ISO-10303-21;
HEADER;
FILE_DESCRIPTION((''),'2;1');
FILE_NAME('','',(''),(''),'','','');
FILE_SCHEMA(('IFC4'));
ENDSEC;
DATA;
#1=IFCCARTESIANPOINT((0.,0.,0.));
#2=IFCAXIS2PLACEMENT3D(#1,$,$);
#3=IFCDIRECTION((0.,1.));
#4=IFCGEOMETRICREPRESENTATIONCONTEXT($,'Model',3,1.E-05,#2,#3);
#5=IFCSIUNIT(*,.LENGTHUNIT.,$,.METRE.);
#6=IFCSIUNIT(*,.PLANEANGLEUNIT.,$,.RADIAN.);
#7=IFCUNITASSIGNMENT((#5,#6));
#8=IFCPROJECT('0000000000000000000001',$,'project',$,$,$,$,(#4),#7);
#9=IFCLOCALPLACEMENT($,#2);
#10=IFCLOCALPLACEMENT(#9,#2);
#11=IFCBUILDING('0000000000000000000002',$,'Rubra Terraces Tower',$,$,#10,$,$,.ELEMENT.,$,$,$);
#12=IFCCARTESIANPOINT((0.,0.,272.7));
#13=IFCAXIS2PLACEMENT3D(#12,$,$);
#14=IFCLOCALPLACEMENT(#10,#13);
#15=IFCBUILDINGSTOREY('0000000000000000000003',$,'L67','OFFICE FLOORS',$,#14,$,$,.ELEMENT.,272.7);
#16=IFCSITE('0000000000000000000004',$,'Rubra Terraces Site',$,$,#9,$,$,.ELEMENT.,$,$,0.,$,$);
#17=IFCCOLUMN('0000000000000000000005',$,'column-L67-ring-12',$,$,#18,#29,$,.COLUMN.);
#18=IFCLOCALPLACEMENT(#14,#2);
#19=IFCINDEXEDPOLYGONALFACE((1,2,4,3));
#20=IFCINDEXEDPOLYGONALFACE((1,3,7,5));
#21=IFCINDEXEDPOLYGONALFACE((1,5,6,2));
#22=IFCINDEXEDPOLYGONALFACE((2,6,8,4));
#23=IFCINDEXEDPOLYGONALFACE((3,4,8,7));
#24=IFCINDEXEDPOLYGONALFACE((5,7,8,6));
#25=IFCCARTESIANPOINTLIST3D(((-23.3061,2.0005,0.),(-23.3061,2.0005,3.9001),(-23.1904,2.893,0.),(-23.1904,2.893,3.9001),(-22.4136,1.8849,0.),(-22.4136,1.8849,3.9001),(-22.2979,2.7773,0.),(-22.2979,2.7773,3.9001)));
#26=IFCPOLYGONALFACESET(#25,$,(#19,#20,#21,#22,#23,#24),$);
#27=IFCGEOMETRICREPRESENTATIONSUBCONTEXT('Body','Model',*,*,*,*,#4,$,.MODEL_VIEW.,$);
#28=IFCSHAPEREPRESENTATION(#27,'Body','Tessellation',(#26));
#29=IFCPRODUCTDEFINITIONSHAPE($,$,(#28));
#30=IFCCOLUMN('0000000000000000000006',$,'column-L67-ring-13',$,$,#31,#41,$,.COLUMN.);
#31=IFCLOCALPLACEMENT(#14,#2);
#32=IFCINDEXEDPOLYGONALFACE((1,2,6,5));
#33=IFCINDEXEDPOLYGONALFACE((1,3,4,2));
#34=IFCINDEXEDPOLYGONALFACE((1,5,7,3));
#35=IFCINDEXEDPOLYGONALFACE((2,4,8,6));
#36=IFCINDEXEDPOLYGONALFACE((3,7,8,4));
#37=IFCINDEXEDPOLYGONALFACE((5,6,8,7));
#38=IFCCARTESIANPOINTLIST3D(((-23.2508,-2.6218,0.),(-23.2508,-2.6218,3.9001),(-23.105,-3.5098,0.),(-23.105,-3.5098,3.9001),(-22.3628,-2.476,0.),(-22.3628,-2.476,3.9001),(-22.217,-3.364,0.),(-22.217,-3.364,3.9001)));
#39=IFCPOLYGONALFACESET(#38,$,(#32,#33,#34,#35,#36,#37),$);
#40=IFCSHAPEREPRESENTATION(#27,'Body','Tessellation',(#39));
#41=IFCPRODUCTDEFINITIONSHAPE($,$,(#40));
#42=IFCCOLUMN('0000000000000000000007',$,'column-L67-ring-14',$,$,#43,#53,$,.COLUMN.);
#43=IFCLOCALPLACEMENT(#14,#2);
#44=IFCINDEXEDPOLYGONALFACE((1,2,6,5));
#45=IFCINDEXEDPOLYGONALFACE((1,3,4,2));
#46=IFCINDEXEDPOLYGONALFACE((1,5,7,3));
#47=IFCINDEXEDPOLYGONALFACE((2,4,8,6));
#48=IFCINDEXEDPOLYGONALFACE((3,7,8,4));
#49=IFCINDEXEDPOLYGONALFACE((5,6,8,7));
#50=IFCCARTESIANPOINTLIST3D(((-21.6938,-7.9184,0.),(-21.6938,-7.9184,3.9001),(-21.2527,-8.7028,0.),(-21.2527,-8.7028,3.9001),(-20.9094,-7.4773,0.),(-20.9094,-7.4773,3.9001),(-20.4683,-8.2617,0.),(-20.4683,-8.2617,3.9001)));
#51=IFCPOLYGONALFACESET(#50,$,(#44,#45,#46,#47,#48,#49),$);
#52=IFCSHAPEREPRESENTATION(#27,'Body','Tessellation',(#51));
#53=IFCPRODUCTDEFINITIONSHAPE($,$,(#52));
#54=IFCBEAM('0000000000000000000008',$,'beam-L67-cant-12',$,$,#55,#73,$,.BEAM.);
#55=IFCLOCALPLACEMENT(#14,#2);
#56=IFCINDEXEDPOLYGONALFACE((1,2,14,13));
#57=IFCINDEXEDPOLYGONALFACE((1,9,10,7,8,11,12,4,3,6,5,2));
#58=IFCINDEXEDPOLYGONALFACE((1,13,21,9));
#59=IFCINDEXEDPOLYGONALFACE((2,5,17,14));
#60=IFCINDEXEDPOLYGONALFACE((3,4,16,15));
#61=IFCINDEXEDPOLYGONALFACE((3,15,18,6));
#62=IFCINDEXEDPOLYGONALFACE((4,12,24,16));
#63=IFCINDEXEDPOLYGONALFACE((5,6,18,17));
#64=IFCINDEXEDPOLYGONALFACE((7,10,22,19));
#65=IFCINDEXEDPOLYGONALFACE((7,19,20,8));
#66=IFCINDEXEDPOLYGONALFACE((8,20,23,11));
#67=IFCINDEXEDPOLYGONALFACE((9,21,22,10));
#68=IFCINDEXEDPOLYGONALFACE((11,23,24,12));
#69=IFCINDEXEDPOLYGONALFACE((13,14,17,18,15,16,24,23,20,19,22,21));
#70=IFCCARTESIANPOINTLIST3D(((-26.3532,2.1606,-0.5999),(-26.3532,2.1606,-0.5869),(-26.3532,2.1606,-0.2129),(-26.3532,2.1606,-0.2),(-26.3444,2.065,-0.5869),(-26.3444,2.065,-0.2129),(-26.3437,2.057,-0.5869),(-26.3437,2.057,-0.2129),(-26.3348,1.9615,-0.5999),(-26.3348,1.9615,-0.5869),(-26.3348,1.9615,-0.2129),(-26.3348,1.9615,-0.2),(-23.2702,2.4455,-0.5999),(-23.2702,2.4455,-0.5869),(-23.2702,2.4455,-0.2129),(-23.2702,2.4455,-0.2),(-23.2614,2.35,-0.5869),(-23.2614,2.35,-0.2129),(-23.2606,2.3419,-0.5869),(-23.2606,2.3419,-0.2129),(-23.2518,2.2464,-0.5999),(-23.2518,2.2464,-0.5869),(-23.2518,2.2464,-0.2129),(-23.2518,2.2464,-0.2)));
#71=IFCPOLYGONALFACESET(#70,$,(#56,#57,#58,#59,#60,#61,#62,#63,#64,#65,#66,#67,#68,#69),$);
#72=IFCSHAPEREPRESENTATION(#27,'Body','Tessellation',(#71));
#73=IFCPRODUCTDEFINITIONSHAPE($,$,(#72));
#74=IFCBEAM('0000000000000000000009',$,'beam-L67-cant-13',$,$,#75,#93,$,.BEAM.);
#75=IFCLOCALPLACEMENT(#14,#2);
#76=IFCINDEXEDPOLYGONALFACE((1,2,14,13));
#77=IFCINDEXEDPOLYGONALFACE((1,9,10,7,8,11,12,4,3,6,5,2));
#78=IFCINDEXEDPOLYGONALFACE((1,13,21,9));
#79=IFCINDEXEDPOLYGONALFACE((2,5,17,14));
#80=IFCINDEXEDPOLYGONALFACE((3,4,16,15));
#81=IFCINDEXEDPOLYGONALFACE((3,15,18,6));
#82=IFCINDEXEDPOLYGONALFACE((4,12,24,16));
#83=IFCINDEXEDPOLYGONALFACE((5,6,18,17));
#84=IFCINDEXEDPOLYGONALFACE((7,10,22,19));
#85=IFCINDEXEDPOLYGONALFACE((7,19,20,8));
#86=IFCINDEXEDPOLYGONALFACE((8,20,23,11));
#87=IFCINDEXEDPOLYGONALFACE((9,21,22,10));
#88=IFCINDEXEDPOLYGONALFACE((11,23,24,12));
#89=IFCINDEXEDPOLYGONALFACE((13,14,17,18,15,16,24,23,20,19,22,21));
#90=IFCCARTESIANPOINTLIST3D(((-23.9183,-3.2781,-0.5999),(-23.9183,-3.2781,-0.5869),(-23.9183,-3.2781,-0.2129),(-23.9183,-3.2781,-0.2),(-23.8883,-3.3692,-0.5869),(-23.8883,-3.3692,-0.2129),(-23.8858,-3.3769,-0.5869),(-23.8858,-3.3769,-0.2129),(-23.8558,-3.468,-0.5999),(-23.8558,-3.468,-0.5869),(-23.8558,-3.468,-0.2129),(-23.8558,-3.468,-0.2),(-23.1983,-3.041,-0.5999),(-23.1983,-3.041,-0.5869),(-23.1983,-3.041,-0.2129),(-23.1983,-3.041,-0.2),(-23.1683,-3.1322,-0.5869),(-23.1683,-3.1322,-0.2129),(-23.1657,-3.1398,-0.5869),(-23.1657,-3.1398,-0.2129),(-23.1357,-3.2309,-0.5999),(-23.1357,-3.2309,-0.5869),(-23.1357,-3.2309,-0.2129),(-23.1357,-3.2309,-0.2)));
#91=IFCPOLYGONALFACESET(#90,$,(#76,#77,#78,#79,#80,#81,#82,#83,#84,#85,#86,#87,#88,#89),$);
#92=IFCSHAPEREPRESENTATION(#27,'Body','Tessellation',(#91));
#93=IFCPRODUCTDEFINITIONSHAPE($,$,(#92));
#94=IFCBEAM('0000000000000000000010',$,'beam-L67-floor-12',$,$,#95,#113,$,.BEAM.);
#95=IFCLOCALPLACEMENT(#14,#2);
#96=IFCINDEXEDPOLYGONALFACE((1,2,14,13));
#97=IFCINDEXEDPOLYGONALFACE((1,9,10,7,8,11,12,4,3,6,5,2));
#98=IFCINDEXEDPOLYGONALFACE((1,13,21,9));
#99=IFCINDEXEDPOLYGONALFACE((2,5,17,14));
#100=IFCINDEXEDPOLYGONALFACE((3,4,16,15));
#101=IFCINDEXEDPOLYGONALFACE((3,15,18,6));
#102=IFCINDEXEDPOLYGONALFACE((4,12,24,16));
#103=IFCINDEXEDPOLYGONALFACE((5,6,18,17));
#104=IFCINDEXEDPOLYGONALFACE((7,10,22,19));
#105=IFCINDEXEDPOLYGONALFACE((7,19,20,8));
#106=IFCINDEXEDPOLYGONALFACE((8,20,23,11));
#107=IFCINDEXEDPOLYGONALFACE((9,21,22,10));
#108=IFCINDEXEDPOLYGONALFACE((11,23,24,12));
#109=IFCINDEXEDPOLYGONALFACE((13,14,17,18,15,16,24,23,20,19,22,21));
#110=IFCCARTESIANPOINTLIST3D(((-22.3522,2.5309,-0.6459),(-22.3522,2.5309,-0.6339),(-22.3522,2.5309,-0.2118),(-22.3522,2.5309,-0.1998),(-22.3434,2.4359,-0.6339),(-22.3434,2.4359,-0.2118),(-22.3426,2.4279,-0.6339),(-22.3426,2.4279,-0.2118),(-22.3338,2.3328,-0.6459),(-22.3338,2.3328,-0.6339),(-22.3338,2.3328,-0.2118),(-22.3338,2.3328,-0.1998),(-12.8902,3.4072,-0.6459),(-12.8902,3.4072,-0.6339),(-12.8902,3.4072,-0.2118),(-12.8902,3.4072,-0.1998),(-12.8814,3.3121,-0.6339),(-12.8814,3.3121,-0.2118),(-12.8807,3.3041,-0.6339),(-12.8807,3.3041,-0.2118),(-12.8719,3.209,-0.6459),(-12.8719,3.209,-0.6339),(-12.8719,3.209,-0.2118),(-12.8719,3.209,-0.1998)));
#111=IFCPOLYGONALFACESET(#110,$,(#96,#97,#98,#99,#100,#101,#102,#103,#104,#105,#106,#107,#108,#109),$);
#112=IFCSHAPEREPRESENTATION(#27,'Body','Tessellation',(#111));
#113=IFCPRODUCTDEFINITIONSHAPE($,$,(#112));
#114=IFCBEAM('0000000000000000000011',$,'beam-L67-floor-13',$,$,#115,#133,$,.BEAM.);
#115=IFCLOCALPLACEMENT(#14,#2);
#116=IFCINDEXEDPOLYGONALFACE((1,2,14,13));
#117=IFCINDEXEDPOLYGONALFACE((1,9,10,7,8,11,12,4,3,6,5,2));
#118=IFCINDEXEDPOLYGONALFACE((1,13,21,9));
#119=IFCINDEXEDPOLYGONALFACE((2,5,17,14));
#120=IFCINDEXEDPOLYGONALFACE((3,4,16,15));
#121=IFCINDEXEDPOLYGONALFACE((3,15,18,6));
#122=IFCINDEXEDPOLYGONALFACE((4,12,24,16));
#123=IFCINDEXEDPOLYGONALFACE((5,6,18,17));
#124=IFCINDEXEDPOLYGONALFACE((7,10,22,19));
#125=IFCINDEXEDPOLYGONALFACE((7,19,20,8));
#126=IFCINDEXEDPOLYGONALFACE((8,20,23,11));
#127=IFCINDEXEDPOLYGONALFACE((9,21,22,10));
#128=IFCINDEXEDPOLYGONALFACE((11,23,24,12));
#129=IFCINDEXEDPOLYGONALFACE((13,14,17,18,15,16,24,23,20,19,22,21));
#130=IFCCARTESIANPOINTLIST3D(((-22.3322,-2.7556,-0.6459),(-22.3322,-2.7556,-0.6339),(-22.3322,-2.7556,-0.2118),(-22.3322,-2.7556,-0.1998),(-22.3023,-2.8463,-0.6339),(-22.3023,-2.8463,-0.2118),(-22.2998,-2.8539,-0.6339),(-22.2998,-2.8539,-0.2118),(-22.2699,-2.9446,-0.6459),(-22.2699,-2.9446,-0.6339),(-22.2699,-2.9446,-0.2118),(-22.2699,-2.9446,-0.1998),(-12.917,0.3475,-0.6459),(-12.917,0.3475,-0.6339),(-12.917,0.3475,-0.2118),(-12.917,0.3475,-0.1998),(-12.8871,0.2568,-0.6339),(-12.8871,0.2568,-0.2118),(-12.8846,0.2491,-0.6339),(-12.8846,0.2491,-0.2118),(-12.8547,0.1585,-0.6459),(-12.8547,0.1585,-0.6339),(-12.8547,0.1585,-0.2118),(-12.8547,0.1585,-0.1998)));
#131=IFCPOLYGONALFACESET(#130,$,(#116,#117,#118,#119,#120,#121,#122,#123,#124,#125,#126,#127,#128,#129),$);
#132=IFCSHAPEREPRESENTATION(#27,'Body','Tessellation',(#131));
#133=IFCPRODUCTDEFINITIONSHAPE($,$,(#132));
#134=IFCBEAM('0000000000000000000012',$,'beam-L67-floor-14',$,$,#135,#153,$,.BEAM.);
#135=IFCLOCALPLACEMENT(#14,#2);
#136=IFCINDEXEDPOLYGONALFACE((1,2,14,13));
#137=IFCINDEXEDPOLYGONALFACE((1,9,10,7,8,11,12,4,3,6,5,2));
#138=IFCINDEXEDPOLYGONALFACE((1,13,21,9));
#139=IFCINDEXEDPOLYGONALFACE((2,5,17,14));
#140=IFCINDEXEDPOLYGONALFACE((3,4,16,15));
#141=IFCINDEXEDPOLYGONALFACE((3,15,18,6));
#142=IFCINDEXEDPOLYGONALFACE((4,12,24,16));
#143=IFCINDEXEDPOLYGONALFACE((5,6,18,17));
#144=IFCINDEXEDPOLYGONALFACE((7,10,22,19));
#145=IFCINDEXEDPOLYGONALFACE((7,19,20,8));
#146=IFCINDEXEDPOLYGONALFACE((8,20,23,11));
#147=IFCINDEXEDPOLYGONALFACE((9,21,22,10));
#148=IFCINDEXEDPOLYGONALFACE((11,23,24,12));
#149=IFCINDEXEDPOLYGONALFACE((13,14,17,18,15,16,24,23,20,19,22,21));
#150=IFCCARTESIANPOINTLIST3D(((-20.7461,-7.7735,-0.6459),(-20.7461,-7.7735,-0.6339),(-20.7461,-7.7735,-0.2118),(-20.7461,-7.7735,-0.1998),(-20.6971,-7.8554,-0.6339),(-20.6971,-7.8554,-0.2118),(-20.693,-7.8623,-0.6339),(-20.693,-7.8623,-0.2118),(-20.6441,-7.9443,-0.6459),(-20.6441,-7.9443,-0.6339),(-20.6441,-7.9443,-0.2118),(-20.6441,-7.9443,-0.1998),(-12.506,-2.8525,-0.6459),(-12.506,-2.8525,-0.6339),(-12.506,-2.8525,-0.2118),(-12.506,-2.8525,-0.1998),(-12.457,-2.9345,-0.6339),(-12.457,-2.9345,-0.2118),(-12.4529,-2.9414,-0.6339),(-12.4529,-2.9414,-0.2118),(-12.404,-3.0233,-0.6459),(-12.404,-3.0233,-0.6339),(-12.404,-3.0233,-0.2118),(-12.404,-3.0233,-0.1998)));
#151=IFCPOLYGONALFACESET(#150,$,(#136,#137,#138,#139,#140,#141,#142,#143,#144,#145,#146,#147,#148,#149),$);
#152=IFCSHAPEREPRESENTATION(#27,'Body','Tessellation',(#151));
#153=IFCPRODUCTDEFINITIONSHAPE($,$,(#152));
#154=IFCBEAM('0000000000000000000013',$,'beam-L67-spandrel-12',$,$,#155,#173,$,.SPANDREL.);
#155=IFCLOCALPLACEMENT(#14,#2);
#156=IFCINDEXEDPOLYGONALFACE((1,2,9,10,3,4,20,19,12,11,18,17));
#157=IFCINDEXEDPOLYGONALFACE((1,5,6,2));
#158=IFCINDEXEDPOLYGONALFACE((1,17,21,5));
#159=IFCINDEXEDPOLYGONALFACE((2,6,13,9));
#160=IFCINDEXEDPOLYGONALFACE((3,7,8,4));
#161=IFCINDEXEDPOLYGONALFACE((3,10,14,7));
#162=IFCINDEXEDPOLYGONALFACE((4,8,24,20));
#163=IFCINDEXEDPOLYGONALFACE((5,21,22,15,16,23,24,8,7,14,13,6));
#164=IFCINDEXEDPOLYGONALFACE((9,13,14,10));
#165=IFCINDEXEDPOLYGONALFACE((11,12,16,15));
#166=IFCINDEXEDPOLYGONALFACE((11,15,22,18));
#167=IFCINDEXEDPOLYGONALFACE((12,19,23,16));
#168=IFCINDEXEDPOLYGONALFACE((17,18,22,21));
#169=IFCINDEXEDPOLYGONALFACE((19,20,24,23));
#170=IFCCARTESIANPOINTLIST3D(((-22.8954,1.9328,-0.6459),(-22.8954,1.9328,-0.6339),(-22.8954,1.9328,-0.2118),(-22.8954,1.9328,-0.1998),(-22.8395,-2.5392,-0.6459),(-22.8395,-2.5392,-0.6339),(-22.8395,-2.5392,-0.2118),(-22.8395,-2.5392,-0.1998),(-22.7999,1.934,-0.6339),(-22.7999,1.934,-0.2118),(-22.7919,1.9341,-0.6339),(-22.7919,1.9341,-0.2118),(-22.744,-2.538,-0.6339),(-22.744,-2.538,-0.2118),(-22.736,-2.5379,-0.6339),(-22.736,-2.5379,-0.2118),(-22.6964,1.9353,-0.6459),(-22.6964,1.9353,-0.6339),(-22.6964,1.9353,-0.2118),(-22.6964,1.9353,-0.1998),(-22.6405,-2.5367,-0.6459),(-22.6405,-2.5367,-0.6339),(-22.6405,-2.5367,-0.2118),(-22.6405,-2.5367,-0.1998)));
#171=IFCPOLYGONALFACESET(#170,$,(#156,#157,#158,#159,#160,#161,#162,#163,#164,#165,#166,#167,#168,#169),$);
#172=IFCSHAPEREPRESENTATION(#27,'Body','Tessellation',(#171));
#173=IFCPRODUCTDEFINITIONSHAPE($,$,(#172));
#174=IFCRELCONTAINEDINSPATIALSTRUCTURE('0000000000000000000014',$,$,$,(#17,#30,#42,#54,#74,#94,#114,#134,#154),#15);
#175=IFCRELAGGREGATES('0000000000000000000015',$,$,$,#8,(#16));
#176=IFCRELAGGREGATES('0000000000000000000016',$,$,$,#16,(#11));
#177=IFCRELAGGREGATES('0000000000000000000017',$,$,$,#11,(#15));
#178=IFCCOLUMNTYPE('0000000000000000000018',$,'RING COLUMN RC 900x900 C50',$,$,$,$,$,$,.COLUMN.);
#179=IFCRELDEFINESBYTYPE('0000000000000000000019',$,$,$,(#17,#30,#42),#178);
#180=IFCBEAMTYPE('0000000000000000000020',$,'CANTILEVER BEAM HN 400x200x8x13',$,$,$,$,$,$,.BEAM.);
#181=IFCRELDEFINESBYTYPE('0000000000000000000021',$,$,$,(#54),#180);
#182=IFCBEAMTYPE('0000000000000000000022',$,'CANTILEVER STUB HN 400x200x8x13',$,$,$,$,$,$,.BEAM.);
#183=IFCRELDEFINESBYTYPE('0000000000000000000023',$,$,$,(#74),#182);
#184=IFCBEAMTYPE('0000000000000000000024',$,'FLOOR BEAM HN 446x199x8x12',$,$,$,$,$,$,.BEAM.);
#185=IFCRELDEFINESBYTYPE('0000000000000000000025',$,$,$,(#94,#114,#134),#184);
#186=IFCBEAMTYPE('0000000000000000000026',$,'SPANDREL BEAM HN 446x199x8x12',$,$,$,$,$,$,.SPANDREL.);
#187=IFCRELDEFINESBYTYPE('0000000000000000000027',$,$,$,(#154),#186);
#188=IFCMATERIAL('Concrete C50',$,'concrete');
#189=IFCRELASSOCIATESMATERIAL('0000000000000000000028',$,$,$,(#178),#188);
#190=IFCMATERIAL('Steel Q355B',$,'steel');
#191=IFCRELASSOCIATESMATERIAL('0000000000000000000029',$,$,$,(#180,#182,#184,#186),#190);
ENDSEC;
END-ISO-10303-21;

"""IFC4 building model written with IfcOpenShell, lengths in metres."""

from ifc_helpers import new_model, si_unit, direction, frame, origin, origin_2d, place, context, subcontext, project, spatial, rectangle, i_section, extrude, material, material_profile, profile_set, type_object, element, save


model = new_model("IFC4")

# Units and contexts
model_context = context("Model", 3, precision=1e-05, world=origin(), true_north=direction((0.0, 1.0)))
body_context = subcontext(model_context, "Body", "Model", "MODEL_VIEW")
ifc_project = project(units=[si_unit("LENGTHUNIT", "METRE"), si_unit("PLANEANGLEUNIT", "RADIAN")], contexts=[model_context])

# Site, building, storey
site_placement = place(None, origin())
site = spatial("IfcSite", under=ifc_project, at=site_placement, Name="Rubra Terraces Site", CompositionType="ELEMENT", RefElevation=0.0)
building_placement = place(site_placement, origin())
building = spatial("IfcBuilding", under=site, at=building_placement, Name="Rubra Terraces Tower", CompositionType="ELEMENT")
storey_placement = place(building_placement, frame((0.0, 0.0, 272.7)))
storey = spatial("IfcBuildingStorey", under=building, at=storey_placement, Name="L67", Description="OFFICE FLOORS", CompositionType="ELEMENT", Elevation=272.7)

# Columns
ifc_material_1 = material(Name="Concrete C50", Category="concrete")
ifc_material_profile_1 = material_profile(ifc_material_1, rectangle(XDim=0.8999, YDim=0.8999, at=origin_2d()), Name="RC 900x900")
ifc_profile_set_1 = profile_set([ifc_material_profile_1], Name="Concrete C50")
column_type = type_object("IfcColumnType", Name="RING COLUMN RC 900x900 C50", PredefinedType="COLUMN", material=ifc_profile_set_1)
for number, where, z_axis, x_axis, name in (
    (1, (-22.802, 2.3889, 0.0), (0.0, 0.0, 1.0), (-0.128535, -0.991705, 0.0), "column-L67-ring-12"),
    (2, (-22.7339, -2.9929, 0.0), (0.0, 0.0, 1.0), (0.162062, -0.986781, 0.0), "column-L67-ring-13"),
    (3, (-21.0811, -8.0901, 0.0), (0.0, 0.0, 1.0), (0.490162, -0.871631, 0.0), "column-L67-ring-14"),
):
    element("IfcColumn", number, at=place(storey_placement, frame(where, z_axis=z_axis, x_axis=x_axis)), inside=storey, type_object=column_type, Name=name, PredefinedType="COLUMN", context=body_context, shape_type="SweptSolid", body=[
        extrude(rectangle(XDim=0.8999, YDim=0.8999, at=origin_2d()), origin(), (0.0, 0.0, 1.0), 3.9001),
    ])

# Beams
ifc_material_2 = material(Name="Steel Q355B", Category="steel")
ifc_material_profile_2 = material_profile(ifc_material_2, i_section(OverallWidth=0.2, OverallDepth=0.3999, WebThickness=0.0081, FlangeThickness=0.0129, at=origin_2d()), Name="HN 400x200x8x13")
ifc_profile_set_2 = profile_set([ifc_material_profile_2], Name="Steel Q355B")
beam_type_1 = type_object("IfcBeamType", Name="CANTILEVER BEAM HN 400x200x8x13", PredefinedType="BEAM", material=ifc_profile_set_2)
beam_1_placement = place(storey_placement, frame((-23.261, 2.3459, -0.3999), z_axis=(-0.995757, -0.092022, 0.0), x_axis=(0.092022, -0.995757, 0.0)))
element("IfcBeam", 4, at=beam_1_placement, inside=storey, type_object=beam_type_1, Name="beam-L67-cant-12", PredefinedType="BEAM", context=body_context, shape_type="SweptSolid", body=[
    extrude(i_section(OverallWidth=0.2, OverallDepth=0.3999, WebThickness=0.0081, FlangeThickness=0.0129, at=origin_2d()), origin(), (0.0, 0.0, 1.0), 3.0962),
])
ifc_material_profile_3 = material_profile(ifc_material_2, i_section(OverallWidth=0.2, OverallDepth=0.3999, WebThickness=0.0081, FlangeThickness=0.0129, at=origin_2d()), Name="HN 400x200x8x13")
ifc_profile_set_3 = profile_set([ifc_material_profile_3], Name="Steel Q355B")
beam_type_2 = type_object("IfcBeamType", Name="CANTILEVER STUB HN 400x200x8x13", PredefinedType="BEAM", material=ifc_profile_set_3)
beam_2_placement = place(storey_placement, frame((-23.167, -3.136, -0.3999), z_axis=(-0.949836, -0.312747, 0.0), x_axis=(0.312747, -0.949836, 0.0)))
element("IfcBeam", 5, at=beam_2_placement, inside=storey, type_object=beam_type_2, Name="beam-L67-cant-13", PredefinedType="BEAM", context=body_context, shape_type="SweptSolid", body=[
    extrude(i_section(OverallWidth=0.2, OverallDepth=0.3999, WebThickness=0.0081, FlangeThickness=0.0129, at=origin_2d()), origin(), (0.0, 0.0, 1.0), 0.7581),
])
ifc_material_profile_4 = material_profile(ifc_material_2, i_section(OverallWidth=0.199, OverallDepth=0.446, WebThickness=0.0081, FlangeThickness=0.012, at=origin_2d()), Name="HN 446x199x8x12")
ifc_profile_set_4 = profile_set([ifc_material_profile_4], Name="Steel Q355B")
beam_type_3 = type_object("IfcBeamType", Name="FLOOR BEAM HN 446x199x8x12", PredefinedType="BEAM", material=ifc_profile_set_4)
beam_3_placement = place(storey_placement, frame((-22.343, 2.4319, -0.4229), z_axis=(0.99574, 0.09221, 0.0), x_axis=(-0.09221, 0.99574, 0.0)))
element("IfcBeam", 6, at=beam_3_placement, inside=storey, type_object=beam_type_3, Name="beam-L67-floor-12", PredefinedType="BEAM", context=body_context, shape_type="SweptSolid", body=[
    extrude(i_section(OverallWidth=0.199, OverallDepth=0.446, WebThickness=0.0081, FlangeThickness=0.012, at=origin_2d()), origin(), (0.0, 0.0, 1.0), 9.5024),
])
beam_4_placement = place(storey_placement, frame((-22.301, -2.8501, -0.4229), z_axis=(0.949747, 0.313019, 0.0), x_axis=(-0.313019, 0.949747, 0.0)))
element("IfcBeam", 7, at=beam_4_placement, inside=storey, type_object=beam_type_3, Name="beam-L67-floor-13", PredefinedType="BEAM", context=body_context, shape_type="SweptSolid", body=[
    extrude(i_section(OverallWidth=0.199, OverallDepth=0.446, WebThickness=0.0081, FlangeThickness=0.012, at=origin_2d()), origin(), (0.0, 0.0, 1.0), 9.9133),
])
beam_5_placement = place(storey_placement, frame((-20.6951, -7.8589, -0.4229), z_axis=(0.858553, 0.512725, 0.0), x_axis=(-0.512725, 0.858553, 0.0)))
element("IfcBeam", 8, at=beam_5_placement, inside=storey, type_object=beam_type_3, Name="beam-L67-floor-14", PredefinedType="BEAM", context=body_context, shape_type="SweptSolid", body=[
    extrude(i_section(OverallWidth=0.199, OverallDepth=0.446, WebThickness=0.0081, FlangeThickness=0.012, at=origin_2d()), origin(), (0.0, 0.0, 1.0), 9.5977),
])
ifc_material_profile_5 = material_profile(ifc_material_2, i_section(OverallWidth=0.199, OverallDepth=0.446, WebThickness=0.0081, FlangeThickness=0.012, at=origin_2d()), Name="HN 446x199x8x12")
ifc_profile_set_5 = profile_set([ifc_material_profile_5], Name="Steel Q355B")
beam_type_4 = type_object("IfcBeamType", Name="SPANDREL BEAM HN 446x199x8x12", PredefinedType="SPANDREL", material=ifc_profile_set_5)
beam_6_placement = place(storey_placement, frame((-22.7959, 1.9341, -0.4229), z_axis=(0.0125, -0.999922, 0.0), x_axis=(0.999922, 0.0125, 0.0)))
element("IfcBeam", 9, at=beam_6_placement, inside=storey, type_object=beam_type_4, Name="beam-L67-spandrel-12", PredefinedType="SPANDREL", context=body_context, shape_type="SweptSolid", body=[
    extrude(i_section(OverallWidth=0.199, OverallDepth=0.446, WebThickness=0.0081, FlangeThickness=0.012, at=origin_2d()), origin(), (0.0, 0.0, 1.0), 4.4724),
])

save(model, "model.ifc")
